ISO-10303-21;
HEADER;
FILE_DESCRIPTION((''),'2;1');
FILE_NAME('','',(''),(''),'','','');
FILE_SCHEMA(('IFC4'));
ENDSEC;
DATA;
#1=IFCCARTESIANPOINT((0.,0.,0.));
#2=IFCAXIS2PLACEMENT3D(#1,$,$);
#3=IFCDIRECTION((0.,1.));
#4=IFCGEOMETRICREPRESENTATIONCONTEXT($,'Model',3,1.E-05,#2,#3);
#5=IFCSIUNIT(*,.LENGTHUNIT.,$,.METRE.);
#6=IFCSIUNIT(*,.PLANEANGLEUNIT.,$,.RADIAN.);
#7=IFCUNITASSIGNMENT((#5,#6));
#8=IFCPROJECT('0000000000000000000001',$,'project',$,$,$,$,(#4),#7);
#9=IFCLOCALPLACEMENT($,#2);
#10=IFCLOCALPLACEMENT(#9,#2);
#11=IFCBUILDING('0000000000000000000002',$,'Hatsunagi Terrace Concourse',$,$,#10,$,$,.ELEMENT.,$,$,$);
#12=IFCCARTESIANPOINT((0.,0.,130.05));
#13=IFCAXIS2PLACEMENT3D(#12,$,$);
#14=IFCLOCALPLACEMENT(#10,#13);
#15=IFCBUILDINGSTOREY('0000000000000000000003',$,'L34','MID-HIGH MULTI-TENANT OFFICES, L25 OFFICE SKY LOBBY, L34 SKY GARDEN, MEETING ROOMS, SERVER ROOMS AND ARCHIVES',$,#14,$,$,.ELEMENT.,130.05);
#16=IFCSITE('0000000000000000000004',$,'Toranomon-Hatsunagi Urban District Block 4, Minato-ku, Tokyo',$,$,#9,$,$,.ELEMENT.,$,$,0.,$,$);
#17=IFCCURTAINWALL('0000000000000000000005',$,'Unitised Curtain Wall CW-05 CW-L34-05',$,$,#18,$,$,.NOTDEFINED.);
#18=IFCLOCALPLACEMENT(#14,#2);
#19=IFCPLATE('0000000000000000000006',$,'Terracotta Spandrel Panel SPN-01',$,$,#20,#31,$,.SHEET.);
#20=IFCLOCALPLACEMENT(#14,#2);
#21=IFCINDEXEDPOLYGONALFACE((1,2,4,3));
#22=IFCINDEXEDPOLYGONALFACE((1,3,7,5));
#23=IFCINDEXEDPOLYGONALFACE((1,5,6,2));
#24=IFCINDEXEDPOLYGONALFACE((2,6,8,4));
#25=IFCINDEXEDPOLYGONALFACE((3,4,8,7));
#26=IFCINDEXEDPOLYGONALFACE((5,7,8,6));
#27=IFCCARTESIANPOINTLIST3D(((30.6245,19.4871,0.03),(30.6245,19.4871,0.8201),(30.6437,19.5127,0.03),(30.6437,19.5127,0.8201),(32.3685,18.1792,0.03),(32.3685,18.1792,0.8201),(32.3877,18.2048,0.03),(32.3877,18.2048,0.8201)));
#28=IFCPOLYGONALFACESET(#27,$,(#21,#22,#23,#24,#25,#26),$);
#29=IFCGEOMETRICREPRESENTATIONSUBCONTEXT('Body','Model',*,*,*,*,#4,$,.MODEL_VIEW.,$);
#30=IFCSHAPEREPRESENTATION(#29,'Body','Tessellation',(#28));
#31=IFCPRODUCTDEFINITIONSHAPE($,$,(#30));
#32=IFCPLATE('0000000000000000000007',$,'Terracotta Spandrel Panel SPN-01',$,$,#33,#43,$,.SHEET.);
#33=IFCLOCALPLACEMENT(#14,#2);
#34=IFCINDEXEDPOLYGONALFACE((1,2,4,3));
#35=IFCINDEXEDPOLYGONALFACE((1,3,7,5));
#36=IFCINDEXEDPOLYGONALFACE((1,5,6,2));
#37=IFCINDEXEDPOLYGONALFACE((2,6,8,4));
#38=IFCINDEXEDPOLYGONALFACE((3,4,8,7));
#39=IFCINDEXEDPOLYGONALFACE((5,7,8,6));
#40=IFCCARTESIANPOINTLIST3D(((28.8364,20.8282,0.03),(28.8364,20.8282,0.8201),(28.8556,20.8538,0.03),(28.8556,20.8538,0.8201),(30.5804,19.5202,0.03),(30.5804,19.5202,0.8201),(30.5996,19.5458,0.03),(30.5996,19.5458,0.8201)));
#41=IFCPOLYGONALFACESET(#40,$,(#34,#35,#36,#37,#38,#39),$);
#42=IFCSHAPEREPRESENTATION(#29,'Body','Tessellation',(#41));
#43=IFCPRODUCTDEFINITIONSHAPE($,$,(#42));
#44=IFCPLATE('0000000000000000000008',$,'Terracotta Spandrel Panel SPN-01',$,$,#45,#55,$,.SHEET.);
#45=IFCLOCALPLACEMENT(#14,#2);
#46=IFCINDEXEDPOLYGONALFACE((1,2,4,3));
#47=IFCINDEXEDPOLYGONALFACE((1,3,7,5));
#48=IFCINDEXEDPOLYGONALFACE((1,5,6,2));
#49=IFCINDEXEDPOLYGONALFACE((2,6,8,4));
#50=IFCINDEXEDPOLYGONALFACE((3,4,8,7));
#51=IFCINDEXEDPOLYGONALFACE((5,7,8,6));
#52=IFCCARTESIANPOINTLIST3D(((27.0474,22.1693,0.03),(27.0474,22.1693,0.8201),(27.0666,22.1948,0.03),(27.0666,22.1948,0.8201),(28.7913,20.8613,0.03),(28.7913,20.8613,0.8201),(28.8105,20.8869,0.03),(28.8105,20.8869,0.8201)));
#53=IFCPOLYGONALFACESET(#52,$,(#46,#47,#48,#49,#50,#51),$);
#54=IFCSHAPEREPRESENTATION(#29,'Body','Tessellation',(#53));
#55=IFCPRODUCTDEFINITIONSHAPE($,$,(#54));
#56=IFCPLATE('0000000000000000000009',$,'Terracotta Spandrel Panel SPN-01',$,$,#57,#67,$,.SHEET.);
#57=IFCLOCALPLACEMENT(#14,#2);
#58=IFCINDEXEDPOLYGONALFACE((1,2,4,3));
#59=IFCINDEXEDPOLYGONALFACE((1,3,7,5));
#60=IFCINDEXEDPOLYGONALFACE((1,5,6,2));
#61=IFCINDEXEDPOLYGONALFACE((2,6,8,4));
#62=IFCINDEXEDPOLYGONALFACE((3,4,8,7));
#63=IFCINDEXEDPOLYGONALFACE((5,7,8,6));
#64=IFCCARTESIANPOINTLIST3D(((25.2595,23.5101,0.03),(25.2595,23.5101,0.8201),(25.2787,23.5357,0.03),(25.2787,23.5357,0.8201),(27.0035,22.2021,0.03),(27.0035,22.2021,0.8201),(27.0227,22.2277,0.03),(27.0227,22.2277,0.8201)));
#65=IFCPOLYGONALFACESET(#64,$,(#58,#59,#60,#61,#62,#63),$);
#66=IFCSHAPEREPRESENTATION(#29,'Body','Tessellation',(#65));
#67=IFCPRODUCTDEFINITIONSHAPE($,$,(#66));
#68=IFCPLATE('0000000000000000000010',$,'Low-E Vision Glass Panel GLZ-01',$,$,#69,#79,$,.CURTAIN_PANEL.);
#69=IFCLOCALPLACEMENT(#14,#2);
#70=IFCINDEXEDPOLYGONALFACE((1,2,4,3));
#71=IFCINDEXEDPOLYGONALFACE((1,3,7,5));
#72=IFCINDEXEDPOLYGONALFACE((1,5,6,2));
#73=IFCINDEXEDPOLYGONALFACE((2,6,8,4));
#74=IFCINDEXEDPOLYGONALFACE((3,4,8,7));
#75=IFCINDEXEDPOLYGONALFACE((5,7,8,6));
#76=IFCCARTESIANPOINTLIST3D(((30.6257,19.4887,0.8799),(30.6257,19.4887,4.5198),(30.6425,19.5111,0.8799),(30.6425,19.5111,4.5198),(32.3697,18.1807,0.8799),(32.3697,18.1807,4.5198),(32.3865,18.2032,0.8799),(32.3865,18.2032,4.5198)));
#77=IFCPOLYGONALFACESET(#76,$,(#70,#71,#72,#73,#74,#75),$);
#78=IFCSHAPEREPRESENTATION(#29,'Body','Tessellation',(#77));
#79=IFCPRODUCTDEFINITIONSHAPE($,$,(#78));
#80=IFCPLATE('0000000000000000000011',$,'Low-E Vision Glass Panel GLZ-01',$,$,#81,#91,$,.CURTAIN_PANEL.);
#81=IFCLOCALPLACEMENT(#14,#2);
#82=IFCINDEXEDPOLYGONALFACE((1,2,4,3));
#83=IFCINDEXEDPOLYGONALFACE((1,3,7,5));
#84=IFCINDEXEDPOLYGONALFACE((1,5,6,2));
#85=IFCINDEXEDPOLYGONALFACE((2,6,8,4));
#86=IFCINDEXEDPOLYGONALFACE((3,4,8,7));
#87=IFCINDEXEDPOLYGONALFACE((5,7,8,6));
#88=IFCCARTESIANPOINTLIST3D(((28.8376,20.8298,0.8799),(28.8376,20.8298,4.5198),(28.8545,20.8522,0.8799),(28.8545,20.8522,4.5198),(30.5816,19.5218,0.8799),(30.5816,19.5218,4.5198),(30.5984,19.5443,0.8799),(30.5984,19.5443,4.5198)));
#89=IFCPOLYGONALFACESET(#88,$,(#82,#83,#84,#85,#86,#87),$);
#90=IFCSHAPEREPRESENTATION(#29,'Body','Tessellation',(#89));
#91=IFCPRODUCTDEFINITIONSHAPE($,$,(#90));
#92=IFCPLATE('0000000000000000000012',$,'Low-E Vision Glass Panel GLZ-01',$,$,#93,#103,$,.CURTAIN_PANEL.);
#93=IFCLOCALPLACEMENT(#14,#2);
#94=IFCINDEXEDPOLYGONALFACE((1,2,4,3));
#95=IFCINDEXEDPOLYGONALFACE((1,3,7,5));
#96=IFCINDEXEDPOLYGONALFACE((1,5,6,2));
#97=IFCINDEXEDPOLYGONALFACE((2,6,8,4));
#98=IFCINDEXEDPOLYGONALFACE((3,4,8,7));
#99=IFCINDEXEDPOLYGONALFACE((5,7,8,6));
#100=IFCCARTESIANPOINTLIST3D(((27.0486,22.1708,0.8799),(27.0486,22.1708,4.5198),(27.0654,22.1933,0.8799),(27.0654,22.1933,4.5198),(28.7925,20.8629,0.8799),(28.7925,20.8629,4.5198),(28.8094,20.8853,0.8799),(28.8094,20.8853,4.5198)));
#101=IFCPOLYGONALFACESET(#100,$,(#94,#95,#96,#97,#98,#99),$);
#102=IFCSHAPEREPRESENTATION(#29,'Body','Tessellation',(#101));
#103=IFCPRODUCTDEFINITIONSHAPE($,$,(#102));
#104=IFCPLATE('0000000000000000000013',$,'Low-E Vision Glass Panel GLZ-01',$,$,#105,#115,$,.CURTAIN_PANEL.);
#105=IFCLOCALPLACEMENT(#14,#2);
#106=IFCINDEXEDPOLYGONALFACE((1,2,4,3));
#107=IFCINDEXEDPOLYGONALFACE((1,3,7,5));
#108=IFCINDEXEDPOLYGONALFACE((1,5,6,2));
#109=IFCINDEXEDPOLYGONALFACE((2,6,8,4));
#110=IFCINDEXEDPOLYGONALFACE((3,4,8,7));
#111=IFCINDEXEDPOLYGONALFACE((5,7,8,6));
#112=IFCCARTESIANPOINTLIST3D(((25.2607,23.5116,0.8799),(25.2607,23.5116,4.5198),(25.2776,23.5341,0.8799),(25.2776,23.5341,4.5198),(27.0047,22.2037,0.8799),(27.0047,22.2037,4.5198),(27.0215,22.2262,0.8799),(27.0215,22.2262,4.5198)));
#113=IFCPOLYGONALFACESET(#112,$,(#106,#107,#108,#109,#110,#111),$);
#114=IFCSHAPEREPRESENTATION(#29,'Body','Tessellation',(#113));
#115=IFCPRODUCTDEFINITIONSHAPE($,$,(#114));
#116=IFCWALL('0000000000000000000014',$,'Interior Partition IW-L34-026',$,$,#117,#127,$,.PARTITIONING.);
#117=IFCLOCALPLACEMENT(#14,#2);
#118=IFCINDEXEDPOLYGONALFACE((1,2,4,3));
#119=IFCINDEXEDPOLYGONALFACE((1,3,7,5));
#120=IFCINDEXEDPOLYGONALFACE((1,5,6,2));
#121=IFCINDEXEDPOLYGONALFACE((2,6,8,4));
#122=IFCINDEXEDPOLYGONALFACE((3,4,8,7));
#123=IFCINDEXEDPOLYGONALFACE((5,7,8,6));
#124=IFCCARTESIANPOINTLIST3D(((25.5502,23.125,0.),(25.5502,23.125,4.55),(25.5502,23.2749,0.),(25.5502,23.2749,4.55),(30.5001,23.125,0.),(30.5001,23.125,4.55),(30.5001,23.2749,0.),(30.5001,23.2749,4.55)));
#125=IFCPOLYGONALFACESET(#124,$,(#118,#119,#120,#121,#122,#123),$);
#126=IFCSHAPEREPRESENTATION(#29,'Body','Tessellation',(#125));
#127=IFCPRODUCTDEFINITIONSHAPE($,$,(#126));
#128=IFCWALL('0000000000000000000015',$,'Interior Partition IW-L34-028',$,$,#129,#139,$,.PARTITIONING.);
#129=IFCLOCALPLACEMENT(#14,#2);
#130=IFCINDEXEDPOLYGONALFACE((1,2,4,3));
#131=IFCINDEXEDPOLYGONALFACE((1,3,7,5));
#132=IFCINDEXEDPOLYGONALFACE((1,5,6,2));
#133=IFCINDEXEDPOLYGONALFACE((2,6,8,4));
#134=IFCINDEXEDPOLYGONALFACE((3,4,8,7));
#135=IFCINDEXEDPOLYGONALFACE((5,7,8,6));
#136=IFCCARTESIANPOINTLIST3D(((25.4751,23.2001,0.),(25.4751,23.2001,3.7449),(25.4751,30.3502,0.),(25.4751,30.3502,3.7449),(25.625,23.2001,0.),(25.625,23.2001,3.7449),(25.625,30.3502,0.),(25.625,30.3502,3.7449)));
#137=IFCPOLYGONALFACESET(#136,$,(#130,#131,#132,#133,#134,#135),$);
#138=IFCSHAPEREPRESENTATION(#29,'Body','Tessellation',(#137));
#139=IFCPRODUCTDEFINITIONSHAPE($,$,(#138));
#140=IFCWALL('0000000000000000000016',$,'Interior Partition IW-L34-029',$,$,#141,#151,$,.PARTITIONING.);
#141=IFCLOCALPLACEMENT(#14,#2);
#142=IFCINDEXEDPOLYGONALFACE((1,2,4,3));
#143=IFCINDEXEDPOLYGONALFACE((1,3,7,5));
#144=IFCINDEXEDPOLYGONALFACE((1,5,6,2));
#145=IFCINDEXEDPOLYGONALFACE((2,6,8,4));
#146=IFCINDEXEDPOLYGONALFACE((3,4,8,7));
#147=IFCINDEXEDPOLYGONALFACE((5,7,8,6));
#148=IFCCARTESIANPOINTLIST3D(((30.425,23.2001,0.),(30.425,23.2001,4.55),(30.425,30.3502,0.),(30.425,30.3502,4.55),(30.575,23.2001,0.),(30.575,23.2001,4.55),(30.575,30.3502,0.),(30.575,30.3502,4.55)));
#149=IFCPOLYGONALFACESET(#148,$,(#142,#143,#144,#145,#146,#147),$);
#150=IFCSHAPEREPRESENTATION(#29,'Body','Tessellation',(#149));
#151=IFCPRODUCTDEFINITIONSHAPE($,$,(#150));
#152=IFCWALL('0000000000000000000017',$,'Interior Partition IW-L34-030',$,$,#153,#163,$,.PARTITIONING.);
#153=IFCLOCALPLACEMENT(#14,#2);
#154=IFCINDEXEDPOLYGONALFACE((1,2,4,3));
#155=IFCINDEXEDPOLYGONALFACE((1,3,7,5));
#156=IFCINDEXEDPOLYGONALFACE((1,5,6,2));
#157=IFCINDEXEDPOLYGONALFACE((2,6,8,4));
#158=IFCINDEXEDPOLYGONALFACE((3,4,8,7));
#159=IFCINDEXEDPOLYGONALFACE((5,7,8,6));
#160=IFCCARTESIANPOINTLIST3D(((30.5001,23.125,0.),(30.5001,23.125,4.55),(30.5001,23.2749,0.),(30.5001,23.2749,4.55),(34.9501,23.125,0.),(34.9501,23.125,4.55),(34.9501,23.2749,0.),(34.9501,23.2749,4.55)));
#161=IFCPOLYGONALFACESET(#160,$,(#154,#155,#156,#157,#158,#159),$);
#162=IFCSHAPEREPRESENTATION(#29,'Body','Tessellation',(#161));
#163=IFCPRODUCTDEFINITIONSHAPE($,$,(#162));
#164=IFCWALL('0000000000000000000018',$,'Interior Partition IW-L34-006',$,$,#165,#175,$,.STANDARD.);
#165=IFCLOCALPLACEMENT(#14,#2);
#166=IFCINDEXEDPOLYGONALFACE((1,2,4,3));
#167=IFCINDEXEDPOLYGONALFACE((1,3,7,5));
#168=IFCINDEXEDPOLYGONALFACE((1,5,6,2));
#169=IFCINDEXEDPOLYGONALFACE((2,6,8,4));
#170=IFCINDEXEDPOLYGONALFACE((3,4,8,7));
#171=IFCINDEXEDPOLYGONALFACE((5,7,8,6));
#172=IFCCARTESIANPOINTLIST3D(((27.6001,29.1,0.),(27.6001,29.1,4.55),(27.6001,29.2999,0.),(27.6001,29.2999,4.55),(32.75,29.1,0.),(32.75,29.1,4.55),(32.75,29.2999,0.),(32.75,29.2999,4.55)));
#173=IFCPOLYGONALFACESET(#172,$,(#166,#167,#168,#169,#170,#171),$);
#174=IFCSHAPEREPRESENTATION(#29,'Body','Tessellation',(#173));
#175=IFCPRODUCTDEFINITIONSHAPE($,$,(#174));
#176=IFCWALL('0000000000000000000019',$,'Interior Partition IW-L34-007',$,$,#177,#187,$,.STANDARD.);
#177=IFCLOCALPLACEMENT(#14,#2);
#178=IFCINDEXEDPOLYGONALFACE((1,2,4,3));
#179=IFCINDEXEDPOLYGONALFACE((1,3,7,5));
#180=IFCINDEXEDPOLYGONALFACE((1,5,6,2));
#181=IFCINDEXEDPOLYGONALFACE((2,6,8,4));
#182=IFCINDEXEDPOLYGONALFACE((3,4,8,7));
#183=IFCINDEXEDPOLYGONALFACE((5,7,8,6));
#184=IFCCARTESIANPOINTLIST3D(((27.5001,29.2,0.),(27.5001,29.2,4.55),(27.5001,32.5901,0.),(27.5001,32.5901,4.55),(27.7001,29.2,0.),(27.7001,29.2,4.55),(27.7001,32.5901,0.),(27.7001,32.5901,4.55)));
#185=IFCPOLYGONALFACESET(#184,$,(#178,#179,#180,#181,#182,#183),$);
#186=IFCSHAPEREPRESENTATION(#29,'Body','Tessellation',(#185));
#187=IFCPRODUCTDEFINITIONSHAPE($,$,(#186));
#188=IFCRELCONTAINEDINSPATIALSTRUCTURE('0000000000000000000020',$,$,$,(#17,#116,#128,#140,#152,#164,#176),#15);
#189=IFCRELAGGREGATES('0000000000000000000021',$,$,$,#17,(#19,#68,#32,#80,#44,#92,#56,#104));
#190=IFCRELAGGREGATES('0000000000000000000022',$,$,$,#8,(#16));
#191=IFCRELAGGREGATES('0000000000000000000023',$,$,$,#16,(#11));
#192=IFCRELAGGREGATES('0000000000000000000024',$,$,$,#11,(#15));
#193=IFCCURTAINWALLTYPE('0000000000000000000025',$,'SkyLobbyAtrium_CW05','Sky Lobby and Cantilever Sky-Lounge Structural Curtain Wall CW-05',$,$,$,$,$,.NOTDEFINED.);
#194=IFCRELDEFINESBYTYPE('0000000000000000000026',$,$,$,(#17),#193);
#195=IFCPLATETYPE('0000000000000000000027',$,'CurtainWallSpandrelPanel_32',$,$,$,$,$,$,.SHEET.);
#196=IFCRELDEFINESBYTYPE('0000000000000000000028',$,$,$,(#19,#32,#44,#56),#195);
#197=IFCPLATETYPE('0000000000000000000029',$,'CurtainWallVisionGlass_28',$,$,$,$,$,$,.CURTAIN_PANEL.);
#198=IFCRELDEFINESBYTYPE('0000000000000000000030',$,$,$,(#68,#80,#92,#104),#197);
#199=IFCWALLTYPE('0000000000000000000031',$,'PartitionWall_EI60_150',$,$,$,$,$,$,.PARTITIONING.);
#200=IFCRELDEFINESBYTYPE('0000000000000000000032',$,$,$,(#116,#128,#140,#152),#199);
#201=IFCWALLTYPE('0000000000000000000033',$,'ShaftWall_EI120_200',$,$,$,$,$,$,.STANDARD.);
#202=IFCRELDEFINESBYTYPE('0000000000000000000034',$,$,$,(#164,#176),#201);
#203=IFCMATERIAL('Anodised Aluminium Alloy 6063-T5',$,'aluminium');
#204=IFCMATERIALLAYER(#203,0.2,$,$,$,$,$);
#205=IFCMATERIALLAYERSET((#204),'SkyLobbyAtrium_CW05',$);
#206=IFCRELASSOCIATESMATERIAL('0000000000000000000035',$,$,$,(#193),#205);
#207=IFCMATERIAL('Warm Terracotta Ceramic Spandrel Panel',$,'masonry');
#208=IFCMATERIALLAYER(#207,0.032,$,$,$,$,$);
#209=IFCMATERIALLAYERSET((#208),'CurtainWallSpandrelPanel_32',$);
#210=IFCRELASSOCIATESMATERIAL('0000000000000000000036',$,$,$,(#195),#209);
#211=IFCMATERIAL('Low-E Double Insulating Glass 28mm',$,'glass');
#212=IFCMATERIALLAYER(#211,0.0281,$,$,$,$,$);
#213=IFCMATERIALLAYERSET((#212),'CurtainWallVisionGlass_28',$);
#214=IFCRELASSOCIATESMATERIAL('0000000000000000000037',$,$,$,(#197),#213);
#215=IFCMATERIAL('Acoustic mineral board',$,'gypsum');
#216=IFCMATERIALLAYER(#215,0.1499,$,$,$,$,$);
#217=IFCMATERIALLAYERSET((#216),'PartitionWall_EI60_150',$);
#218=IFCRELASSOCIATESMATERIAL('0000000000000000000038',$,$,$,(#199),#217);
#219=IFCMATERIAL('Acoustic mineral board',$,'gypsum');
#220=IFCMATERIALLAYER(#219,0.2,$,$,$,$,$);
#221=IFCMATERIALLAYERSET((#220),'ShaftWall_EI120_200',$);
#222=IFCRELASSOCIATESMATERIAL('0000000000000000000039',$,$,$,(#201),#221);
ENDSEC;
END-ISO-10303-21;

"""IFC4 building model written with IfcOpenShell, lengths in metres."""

from ifc_helpers import new_model, si_unit, direction, frame, frame_2d, origin, origin_2d, place, context, subcontext, project, spatial, rectangle, extrude, material, layer, layer_set, type_object, element, aggregate, save


model = new_model("IFC4")

# Units and contexts
model_context = context("Model", 3, precision=1e-05, world=origin(), true_north=direction((0.0, 1.0)))
body_context = subcontext(model_context, "Body", "Model", "MODEL_VIEW")
ifc_project = project(units=[si_unit("LENGTHUNIT", "METRE"), si_unit("PLANEANGLEUNIT", "RADIAN")], contexts=[model_context])

# Site, building, storey
site_placement = place(None, origin())
site = spatial("IfcSite", under=ifc_project, at=site_placement, Name="Toranomon-Hatsunagi Urban District Block 4, Minato-ku, Tokyo", CompositionType="ELEMENT", RefElevation=0.0)
building_placement = place(site_placement, origin())
building = spatial("IfcBuilding", under=site, at=building_placement, Name="Hatsunagi Terrace Concourse", CompositionType="ELEMENT")
storey_placement = place(building_placement, frame((0.0, 0.0, 130.05)))
storey = spatial("IfcBuildingStorey", under=building, at=storey_placement, Name="L34", Description="MID-HIGH MULTI-TENANT OFFICES, L25 OFFICE SKY LOBBY, L34 SKY GARDEN, MEETING ROOMS, SERVER ROOMS AND ARCHIVES", CompositionType="ELEMENT", Elevation=130.05)

# Curtain wall
ifc_material_1 = material(Name="Anodised Aluminium Alloy 6063-T5", Category="aluminium")
ifc_layer_1 = layer(ifc_material_1, 0.2)
ifc_layer_set_1 = layer_set([ifc_layer_1], Name="SkyLobbyAtrium_CW05")
curtain_wall_type = type_object("IfcCurtainWallType", Name="SkyLobbyAtrium_CW05", Description="Sky Lobby and Cantilever Sky-Lounge Structural Curtain Wall CW-05", PredefinedType="NOTDEFINED", material=ifc_layer_set_1)
curtain_wall_placement = place(storey_placement, origin())
curtain_wall = element("IfcCurtainWall", 1, at=curtain_wall_placement, inside=storey, type_object=curtain_wall_type, Name="Unitised Curtain Wall CW-05 CW-L34-05", PredefinedType="NOTDEFINED")

# Plates
ifc_material_2 = material(Name="Warm Terracotta Ceramic Spandrel Panel", Category="masonry")
ifc_layer_2 = layer(ifc_material_2, 0.032)
ifc_layer_set_2 = layer_set([ifc_layer_2], Name="CurtainWallSpandrelPanel_32")
plate_type_1 = type_object("IfcPlateType", Name="CurtainWallSpandrelPanel_32", PredefinedType="SHEET", material=ifc_layer_set_2)
plate_1_placement = place(storey_placement, frame((31.5061, 18.8459, 0.03), z_axis=(0.0, 0.0, 1.0), x_axis=(-0.800005, 0.599993, 0.0)))
plate_1 = element("IfcPlate", 2, at=plate_1_placement, type_object=plate_type_1, Name="Terracotta Spandrel Panel SPN-01", PredefinedType="SHEET", context=body_context, shape_type="SweptSolid", body=[
    extrude(rectangle(XDim=2.1799, YDim=0.032, at=origin_2d()), origin(), (0.0, 0.0, 1.0), 0.79),
])
plate_2_placement = place(storey_placement, frame((29.718, 20.187, 0.03), z_axis=(0.0, 0.0, 1.0), x_axis=(-0.800005, 0.599993, 0.0)))
plate_2 = element("IfcPlate", 3, at=plate_2_placement, type_object=plate_type_1, Name="Terracotta Spandrel Panel SPN-01", PredefinedType="SHEET", context=body_context, shape_type="SweptSolid", body=[
    extrude(rectangle(XDim=2.1799, YDim=0.032, at=origin_2d()), origin(), (0.0, 0.0, 1.0), 0.79),
])
plate_3_placement = place(storey_placement, frame((27.929, 21.5281, 0.03), z_axis=(0.0, 0.0, 1.0), x_axis=(-0.800005, 0.599993, 0.0)))
plate_3 = element("IfcPlate", 4, at=plate_3_placement, type_object=plate_type_1, Name="Terracotta Spandrel Panel SPN-01", PredefinedType="SHEET", context=body_context, shape_type="SweptSolid", body=[
    extrude(rectangle(XDim=2.1799, YDim=0.032, at=origin_2d()), origin(), (0.0, 0.0, 1.0), 0.79),
])
plate_4_placement = place(storey_placement, frame((26.1411, 22.8689, 0.03), z_axis=(0.0, 0.0, 1.0), x_axis=(-0.800005, 0.599993, 0.0)))
plate_4 = element("IfcPlate", 5, at=plate_4_placement, type_object=plate_type_1, Name="Terracotta Spandrel Panel SPN-01", PredefinedType="SHEET", context=body_context, shape_type="SweptSolid", body=[
    extrude(rectangle(XDim=2.1799, YDim=0.032, at=origin_2d()), origin(), (0.0, 0.0, 1.0), 0.79),
])
ifc_material_3 = material(Name="Low-E Double Insulating Glass 28mm", Category="glass")
ifc_layer_3 = layer(ifc_material_3, 0.0281)
ifc_layer_set_3 = layer_set([ifc_layer_3], Name="CurtainWallVisionGlass_28")
plate_type_2 = type_object("IfcPlateType", Name="CurtainWallVisionGlass_28", PredefinedType="CURTAIN_PANEL", material=ifc_layer_set_3)
plate_5_placement = place(storey_placement, frame((31.5061, 18.8459, 0.8799), z_axis=(0.0, 0.0, 1.0), x_axis=(-0.800005, 0.599993, 0.0)))
plate_5 = element("IfcPlate", 6, at=plate_5_placement, type_object=plate_type_2, Name="Low-E Vision Glass Panel GLZ-01", PredefinedType="CURTAIN_PANEL", context=body_context, shape_type="SweptSolid", body=[
    extrude(rectangle(XDim=2.1799, YDim=0.0281, at=origin_2d()), origin(), (0.0, 0.0, 1.0), 3.6399),
])
plate_6_placement = place(storey_placement, frame((29.718, 20.187, 0.8799), z_axis=(0.0, 0.0, 1.0), x_axis=(-0.800005, 0.599993, 0.0)))
plate_6 = element("IfcPlate", 7, at=plate_6_placement, type_object=plate_type_2, Name="Low-E Vision Glass Panel GLZ-01", PredefinedType="CURTAIN_PANEL", context=body_context, shape_type="SweptSolid", body=[
    extrude(rectangle(XDim=2.1799, YDim=0.0281, at=origin_2d()), origin(), (0.0, 0.0, 1.0), 3.6399),
])
plate_7_placement = place(storey_placement, frame((27.929, 21.5281, 0.8799), z_axis=(0.0, 0.0, 1.0), x_axis=(-0.800005, 0.599993, 0.0)))
plate_7 = element("IfcPlate", 8, at=plate_7_placement, type_object=plate_type_2, Name="Low-E Vision Glass Panel GLZ-01", PredefinedType="CURTAIN_PANEL", context=body_context, shape_type="SweptSolid", body=[
    extrude(rectangle(XDim=2.1799, YDim=0.0281, at=origin_2d()), origin(), (0.0, 0.0, 1.0), 3.6399),
])
plate_8_placement = place(storey_placement, frame((26.1411, 22.8689, 0.8799), z_axis=(0.0, 0.0, 1.0), x_axis=(-0.800005, 0.599993, 0.0)))
plate_8 = element("IfcPlate", 9, at=plate_8_placement, type_object=plate_type_2, Name="Low-E Vision Glass Panel GLZ-01", PredefinedType="CURTAIN_PANEL", context=body_context, shape_type="SweptSolid", body=[
    extrude(rectangle(XDim=2.1799, YDim=0.0281, at=origin_2d()), origin(), (0.0, 0.0, 1.0), 3.6399),
])
aggregate(curtain_wall, [plate_1, plate_5, plate_2, plate_6, plate_3, plate_7, plate_4, plate_8])

# Walls
ifc_material_4 = material(Name="Acoustic mineral board", Category="gypsum")
ifc_layer_4 = layer(ifc_material_4, 0.1499)
ifc_layer_set_4 = layer_set([ifc_layer_4], Name="PartitionWall_EI60_150")
wall_type_1 = type_object("IfcWallType", Name="PartitionWall_EI60_150", PredefinedType="PARTITIONING", material=ifc_layer_set_4)
wall_1_placement = place(storey_placement, frame((25.55, 23.2, 0.0), z_axis=(0.0, 0.0, 1.0), x_axis=(1.0, 0.0, 0.0)))
element("IfcWall", 10, at=wall_1_placement, inside=storey, type_object=wall_type_1, Name="Interior Partition IW-L34-026", PredefinedType="PARTITIONING", context=body_context, shape_type="SweptSolid", body=[
    extrude(rectangle(XDim=4.95, YDim=0.1499, at=frame_2d((2.4751, 0.0))), origin(), (0.0, 0.0, 1.0), 4.55),
])
wall_2_placement = place(storey_placement, frame((25.55, 23.2, 0.0), z_axis=(0.0, 0.0, 1.0), x_axis=(0.0, 1.0, 0.0)))
element("IfcWall", 11, at=wall_2_placement, inside=storey, type_object=wall_type_1, Name="Interior Partition IW-L34-028", PredefinedType="PARTITIONING", context=body_context, shape_type="SweptSolid", body=[
    extrude(rectangle(XDim=7.1501, YDim=0.1499, at=frame_2d((3.5752, 0.0))), origin(), (0.0, 0.0, 1.0), 3.7449),
])
wall_3_placement = place(storey_placement, frame((30.5, 23.2, 0.0), z_axis=(0.0, 0.0, 1.0), x_axis=(0.0, 1.0, 0.0)))
element("IfcWall", 12, at=wall_3_placement, inside=storey, type_object=wall_type_1, Name="Interior Partition IW-L34-029", PredefinedType="PARTITIONING", context=body_context, shape_type="SweptSolid", body=[
    extrude(rectangle(XDim=7.1501, YDim=0.1499, at=frame_2d((3.5752, 0.0))), origin(), (0.0, 0.0, 1.0), 4.55),
])
wall_4_placement = place(storey_placement, frame((30.5, 23.2, 0.0), z_axis=(0.0, 0.0, 1.0), x_axis=(1.0, 0.0, 0.0)))
element("IfcWall", 13, at=wall_4_placement, inside=storey, type_object=wall_type_1, Name="Interior Partition IW-L34-030", PredefinedType="PARTITIONING", context=body_context, shape_type="SweptSolid", body=[
    extrude(rectangle(XDim=4.45, YDim=0.1499, at=frame_2d((2.2251, 0.0))), origin(), (0.0, 0.0, 1.0), 4.55),
])
ifc_material_5 = material(Name="Acoustic mineral board", Category="gypsum")
ifc_layer_5 = layer(ifc_material_5, 0.2)
ifc_layer_set_5 = layer_set([ifc_layer_5], Name="ShaftWall_EI120_200")
wall_type_2 = type_object("IfcWallType", Name="ShaftWall_EI120_200", PredefinedType="STANDARD", material=ifc_layer_set_5)
wall_5_placement = place(storey_placement, frame((27.6001, 29.2, 0.0), z_axis=(0.0, 0.0, 1.0), x_axis=(1.0, 0.0, 0.0)))
element("IfcWall", 14, at=wall_5_placement, inside=storey, type_object=wall_type_2, Name="Interior Partition IW-L34-006", PredefinedType="STANDARD", context=body_context, shape_type="SweptSolid", body=[
    extrude(rectangle(XDim=5.1499, YDim=0.2, at=frame_2d((2.575, 0.0))), origin(), (0.0, 0.0, 1.0), 4.55),
])
wall_6_placement = place(storey_placement, frame((27.6001, 29.2, 0.0), z_axis=(0.0, 0.0, 1.0), x_axis=(0.0, 1.0, 0.0)))
element("IfcWall", 15, at=wall_6_placement, inside=storey, type_object=wall_type_2, Name="Interior Partition IW-L34-007", PredefinedType="STANDARD", context=body_context, shape_type="SweptSolid", body=[
    extrude(rectangle(XDim=3.3901, YDim=0.2, at=frame_2d((1.6951, 0.0))), origin(), (0.0, 0.0, 1.0), 4.55),
])

save(model, "model.ifc")
